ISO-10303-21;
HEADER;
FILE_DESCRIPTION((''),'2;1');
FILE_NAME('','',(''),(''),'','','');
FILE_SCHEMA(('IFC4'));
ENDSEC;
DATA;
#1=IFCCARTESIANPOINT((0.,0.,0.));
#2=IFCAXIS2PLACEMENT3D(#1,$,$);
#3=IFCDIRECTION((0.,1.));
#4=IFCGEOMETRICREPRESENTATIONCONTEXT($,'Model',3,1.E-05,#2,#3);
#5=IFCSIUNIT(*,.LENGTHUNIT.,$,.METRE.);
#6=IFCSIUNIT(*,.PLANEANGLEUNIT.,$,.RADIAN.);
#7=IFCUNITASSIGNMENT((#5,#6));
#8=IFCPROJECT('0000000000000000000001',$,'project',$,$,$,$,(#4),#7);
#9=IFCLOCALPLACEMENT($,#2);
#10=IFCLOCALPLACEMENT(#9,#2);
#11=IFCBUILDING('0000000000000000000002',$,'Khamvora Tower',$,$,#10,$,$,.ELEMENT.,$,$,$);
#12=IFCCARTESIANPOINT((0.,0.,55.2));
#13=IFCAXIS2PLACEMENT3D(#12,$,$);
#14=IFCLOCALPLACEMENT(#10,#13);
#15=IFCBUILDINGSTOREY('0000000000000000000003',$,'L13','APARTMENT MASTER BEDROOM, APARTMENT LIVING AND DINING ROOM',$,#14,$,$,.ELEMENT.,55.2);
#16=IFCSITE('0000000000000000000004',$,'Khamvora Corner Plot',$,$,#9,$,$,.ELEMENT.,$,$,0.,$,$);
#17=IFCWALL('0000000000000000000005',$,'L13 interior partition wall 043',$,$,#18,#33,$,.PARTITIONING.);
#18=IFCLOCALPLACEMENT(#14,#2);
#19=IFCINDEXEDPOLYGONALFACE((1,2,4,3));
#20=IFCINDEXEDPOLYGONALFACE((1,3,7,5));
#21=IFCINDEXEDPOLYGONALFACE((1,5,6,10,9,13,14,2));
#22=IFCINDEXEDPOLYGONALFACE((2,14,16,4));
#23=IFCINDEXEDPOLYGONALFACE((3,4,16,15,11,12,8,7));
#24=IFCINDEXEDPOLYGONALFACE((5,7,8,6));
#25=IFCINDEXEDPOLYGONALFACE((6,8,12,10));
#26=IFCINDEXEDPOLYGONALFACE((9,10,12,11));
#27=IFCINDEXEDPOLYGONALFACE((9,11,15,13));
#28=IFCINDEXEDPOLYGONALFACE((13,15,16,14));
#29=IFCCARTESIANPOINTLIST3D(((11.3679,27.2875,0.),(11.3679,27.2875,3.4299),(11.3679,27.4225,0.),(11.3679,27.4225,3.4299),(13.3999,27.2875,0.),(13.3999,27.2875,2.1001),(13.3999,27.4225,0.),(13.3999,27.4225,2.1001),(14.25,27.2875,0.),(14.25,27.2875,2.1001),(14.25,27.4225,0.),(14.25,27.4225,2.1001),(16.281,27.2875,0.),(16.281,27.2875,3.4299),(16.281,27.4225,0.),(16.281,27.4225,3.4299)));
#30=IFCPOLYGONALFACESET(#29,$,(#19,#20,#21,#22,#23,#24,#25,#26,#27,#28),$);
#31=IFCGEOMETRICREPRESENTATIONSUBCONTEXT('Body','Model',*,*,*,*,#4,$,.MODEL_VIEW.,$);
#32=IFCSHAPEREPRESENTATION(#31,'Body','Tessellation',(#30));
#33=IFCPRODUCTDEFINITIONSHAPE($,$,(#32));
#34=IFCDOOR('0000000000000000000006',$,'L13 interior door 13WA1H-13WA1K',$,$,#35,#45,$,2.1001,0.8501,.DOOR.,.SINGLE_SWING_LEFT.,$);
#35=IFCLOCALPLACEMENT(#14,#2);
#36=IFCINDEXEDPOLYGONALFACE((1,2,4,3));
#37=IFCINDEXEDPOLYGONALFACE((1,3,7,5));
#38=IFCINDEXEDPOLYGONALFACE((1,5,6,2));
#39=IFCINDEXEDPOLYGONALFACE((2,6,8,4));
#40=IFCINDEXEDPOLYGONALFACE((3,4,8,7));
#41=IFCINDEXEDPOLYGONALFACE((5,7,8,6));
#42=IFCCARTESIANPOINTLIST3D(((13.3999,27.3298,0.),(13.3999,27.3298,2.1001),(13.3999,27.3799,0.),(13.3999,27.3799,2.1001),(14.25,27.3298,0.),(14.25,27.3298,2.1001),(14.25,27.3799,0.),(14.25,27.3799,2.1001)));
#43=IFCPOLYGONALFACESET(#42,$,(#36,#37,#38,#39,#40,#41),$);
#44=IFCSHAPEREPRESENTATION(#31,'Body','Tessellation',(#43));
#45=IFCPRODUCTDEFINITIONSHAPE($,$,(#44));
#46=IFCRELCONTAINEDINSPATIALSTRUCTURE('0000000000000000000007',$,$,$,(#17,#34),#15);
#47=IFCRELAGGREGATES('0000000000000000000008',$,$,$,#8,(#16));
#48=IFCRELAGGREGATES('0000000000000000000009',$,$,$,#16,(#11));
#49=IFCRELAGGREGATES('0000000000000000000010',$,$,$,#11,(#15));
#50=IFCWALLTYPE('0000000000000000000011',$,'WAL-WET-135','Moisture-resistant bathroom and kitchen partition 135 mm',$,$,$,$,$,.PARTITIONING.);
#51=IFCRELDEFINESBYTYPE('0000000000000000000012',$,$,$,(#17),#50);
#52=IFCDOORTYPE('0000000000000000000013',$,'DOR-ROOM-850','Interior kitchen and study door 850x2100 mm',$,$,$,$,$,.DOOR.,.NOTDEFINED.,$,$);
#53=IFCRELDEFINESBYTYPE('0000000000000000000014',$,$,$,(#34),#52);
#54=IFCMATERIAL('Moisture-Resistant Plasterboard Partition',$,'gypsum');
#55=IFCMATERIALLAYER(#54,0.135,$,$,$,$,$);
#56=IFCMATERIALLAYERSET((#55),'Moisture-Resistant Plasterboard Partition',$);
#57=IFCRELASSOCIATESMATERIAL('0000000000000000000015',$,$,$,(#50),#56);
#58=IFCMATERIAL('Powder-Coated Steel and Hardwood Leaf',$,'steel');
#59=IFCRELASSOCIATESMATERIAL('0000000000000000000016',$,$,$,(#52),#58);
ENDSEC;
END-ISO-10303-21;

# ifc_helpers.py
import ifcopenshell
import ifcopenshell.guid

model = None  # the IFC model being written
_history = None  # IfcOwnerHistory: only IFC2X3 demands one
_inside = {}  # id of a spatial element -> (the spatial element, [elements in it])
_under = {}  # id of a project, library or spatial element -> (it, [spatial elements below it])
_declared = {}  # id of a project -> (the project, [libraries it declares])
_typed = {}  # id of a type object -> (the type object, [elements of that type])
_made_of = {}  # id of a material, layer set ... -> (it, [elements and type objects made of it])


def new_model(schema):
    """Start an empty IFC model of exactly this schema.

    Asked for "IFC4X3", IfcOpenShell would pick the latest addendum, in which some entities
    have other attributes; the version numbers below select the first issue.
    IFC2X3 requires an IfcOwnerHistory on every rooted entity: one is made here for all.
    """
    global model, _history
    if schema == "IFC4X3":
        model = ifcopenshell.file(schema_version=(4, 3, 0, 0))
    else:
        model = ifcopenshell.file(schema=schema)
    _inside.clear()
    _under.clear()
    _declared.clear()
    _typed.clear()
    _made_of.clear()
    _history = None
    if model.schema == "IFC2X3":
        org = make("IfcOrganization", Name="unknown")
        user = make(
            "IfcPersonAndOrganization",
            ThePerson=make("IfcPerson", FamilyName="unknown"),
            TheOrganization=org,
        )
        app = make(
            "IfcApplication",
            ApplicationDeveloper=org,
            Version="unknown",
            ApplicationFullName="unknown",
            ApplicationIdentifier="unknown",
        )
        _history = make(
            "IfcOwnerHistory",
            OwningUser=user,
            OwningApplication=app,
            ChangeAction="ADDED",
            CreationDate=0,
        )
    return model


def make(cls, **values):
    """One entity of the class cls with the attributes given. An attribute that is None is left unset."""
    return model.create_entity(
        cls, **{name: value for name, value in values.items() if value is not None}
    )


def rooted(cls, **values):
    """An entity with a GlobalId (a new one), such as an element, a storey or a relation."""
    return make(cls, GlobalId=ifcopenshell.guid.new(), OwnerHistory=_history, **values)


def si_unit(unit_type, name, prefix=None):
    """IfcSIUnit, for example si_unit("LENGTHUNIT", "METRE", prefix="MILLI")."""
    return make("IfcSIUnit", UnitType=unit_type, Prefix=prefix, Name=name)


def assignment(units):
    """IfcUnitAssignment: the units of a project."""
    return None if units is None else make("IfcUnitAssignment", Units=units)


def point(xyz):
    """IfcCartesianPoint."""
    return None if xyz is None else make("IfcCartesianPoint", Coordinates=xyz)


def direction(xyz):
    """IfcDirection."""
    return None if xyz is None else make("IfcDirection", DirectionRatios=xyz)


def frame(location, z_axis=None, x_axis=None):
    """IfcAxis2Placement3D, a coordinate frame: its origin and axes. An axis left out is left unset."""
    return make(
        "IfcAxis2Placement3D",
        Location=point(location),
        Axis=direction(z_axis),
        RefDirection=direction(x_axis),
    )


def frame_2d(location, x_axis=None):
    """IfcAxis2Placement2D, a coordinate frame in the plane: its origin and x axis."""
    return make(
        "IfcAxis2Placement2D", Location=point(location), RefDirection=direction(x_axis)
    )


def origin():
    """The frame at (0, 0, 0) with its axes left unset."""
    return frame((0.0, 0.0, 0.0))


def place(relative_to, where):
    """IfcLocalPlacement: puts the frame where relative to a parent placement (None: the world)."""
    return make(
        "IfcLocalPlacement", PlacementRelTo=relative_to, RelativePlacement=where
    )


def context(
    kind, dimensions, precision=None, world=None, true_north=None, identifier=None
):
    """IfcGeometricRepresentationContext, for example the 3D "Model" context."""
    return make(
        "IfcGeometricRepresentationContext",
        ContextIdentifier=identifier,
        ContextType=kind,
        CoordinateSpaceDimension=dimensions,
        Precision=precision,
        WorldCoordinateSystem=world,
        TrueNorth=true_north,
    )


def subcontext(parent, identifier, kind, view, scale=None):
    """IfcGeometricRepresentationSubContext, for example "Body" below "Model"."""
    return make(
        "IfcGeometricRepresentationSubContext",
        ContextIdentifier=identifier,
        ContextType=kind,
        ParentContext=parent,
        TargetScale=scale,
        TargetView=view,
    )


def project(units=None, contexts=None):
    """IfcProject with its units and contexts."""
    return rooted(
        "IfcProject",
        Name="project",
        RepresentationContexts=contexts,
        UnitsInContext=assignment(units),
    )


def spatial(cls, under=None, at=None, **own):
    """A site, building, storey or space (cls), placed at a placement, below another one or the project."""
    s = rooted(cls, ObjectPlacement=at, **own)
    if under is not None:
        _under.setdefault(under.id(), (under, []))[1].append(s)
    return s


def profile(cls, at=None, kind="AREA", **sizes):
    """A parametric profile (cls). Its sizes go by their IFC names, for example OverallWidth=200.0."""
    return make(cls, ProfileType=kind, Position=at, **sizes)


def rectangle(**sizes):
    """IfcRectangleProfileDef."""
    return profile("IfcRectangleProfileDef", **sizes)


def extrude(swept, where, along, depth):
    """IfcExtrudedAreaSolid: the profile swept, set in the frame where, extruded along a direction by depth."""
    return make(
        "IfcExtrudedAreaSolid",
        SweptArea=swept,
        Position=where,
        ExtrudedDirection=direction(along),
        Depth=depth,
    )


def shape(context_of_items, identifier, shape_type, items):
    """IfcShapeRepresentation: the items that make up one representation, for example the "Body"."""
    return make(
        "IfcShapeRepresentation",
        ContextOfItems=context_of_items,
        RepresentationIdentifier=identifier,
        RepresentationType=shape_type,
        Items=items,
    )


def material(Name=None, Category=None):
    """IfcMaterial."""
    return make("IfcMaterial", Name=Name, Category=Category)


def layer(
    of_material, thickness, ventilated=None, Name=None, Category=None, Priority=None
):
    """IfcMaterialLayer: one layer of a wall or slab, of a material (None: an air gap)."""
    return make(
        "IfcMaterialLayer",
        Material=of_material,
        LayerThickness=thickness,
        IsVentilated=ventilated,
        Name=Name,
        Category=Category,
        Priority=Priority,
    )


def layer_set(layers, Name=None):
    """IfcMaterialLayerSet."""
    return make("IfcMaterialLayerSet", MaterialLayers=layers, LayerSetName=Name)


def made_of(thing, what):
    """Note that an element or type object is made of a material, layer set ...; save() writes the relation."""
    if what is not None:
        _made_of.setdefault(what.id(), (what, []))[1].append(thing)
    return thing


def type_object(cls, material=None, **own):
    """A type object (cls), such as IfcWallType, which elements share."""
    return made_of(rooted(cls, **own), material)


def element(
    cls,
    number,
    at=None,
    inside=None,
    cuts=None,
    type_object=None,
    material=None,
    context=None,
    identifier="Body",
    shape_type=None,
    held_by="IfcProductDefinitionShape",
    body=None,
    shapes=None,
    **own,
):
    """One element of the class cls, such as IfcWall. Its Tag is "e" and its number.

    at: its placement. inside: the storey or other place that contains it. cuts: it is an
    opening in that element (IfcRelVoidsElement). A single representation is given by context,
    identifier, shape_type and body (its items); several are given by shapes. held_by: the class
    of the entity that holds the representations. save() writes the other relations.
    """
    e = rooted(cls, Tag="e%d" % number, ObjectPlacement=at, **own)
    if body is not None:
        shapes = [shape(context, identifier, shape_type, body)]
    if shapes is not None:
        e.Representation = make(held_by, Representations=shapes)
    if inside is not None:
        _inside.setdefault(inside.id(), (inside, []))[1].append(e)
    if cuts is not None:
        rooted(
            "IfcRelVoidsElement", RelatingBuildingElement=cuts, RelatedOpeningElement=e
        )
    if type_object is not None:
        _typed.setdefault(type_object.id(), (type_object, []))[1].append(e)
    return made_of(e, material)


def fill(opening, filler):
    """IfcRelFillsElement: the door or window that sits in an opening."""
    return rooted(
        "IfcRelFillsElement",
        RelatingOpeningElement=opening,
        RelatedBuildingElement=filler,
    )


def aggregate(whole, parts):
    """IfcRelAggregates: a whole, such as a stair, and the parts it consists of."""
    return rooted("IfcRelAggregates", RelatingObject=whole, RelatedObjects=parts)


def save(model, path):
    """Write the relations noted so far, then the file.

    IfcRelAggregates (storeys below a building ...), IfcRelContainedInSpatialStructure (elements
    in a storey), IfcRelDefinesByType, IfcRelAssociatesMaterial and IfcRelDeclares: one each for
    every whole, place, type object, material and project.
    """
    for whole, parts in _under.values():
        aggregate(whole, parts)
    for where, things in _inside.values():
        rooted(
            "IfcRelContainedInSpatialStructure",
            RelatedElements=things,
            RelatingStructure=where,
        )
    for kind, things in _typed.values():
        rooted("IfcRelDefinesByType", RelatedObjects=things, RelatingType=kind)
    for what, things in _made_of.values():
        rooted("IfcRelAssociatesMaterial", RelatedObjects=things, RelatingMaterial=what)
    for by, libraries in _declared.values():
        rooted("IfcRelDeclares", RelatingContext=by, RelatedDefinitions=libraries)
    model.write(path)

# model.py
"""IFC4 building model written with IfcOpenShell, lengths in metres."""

from ifc_helpers import new_model, si_unit, direction, frame, frame_2d, origin, place, context, subcontext, project, spatial, rectangle, extrude, material, layer, layer_set, type_object, element, fill, save


model = new_model("IFC4")

# Units and contexts
model_context = context("Model", 3, precision=1e-05, world=origin(), true_north=direction((0.0, 1.0)))
body_context = subcontext(model_context, "Body", "Model", "MODEL_VIEW")
ifc_project = project(units=[si_unit("LENGTHUNIT", "METRE"), si_unit("PLANEANGLEUNIT", "RADIAN")], contexts=[model_context])

# Site, building, storey
site_placement = place(None, origin())
site = spatial("IfcSite", under=ifc_project, at=site_placement, Name="Khamvora Corner Plot", CompositionType="ELEMENT", RefElevation=0.0)
building_placement = place(site_placement, origin())
building = spatial("IfcBuilding", under=site, at=building_placement, Name="Khamvora Tower", CompositionType="ELEMENT")
storey_placement = place(building_placement, frame((0.0, 0.0, 55.2)))
storey = spatial("IfcBuildingStorey", under=building, at=storey_placement, Name="L13", Description="APARTMENT MASTER BEDROOM, APARTMENT LIVING AND DINING ROOM", CompositionType="ELEMENT", Elevation=55.2)

# Shared definitions
ifc_material_1 = material(Name="Powder-Coated Steel and Hardwood Leaf", Category="steel")

# Shared definitions
ifc_material_2 = material(Name="Moisture-Resistant Plasterboard Partition", Category="gypsum")
ifc_layer_1 = layer(ifc_material_2, 0.135)
ifc_layer_set_1 = layer_set([ifc_layer_1], Name="Moisture-Resistant Plasterboard Partition")
wall_type_1 = type_object("IfcWallType", Name="WAL-WET-135", Description="Moisture-resistant bathroom and kitchen partition 135 mm", PredefinedType="PARTITIONING", material=ifc_layer_set_1)

# Wall, opening, door
wall_1_placement = place(storey_placement, frame((11.3679, 27.355, 0.0), z_axis=(0.0, 0.0, 1.0), x_axis=(1.0, 0.0, 0.0)))
wall_1 = element("IfcWall", 1, at=wall_1_placement, inside=storey, type_object=wall_type_1, Name="L13 interior partition wall 043", PredefinedType="PARTITIONING", context=body_context, shape_type="SweptSolid", body=[
    extrude(rectangle(XDim=4.9131, YDim=0.135, at=frame_2d((2.4565, 0.0))), origin(), (0.0, 0.0, 1.0), 3.4299),
])
opening_1_placement = place(wall_1_placement, frame((2.032, 0.0, 0.0)))
opening_1 = element("IfcOpeningElement", 2, at=opening_1_placement, cuts=wall_1, PredefinedType="OPENING", context=body_context, shape_type="SweptSolid", body=[
    extrude(rectangle(XDim=0.8501, YDim=2.1001, at=frame_2d((0.425, 1.05))), frame((0.0, 0.0774, 0.0), z_axis=(0.0, -1.0, 0.0), x_axis=(1.0, 0.0, 0.0)), (0.0, 0.0, 1.0), 0.155),
])
door_type_1 = type_object("IfcDoorType", Name="DOR-ROOM-850", Description="Interior kitchen and study door 850x2100 mm", OperationType="NOTDEFINED", PredefinedType="DOOR", material=ifc_material_1)
door_1_placement = place(opening_1_placement, origin())
door_1 = element("IfcDoor", 3, at=door_1_placement, inside=storey, type_object=door_type_1, Name="L13 interior door 13WA1H-13WA1K", OperationType="SINGLE_SWING_LEFT", OverallHeight=2.1001, OverallWidth=0.8501, PredefinedType="DOOR", context=body_context, shape_type="SweptSolid", body=[
    extrude(rectangle(XDim=0.8501, YDim=2.1001, at=frame_2d((0.425, 1.05))), frame((0.0, 0.0249, 0.0), z_axis=(0.0, -1.0, 0.0), x_axis=(1.0, 0.0, 0.0)), (0.0, 0.0, 1.0), 0.05),
])
fill(opening_1, door_1)

save(model, "model.ifc")
